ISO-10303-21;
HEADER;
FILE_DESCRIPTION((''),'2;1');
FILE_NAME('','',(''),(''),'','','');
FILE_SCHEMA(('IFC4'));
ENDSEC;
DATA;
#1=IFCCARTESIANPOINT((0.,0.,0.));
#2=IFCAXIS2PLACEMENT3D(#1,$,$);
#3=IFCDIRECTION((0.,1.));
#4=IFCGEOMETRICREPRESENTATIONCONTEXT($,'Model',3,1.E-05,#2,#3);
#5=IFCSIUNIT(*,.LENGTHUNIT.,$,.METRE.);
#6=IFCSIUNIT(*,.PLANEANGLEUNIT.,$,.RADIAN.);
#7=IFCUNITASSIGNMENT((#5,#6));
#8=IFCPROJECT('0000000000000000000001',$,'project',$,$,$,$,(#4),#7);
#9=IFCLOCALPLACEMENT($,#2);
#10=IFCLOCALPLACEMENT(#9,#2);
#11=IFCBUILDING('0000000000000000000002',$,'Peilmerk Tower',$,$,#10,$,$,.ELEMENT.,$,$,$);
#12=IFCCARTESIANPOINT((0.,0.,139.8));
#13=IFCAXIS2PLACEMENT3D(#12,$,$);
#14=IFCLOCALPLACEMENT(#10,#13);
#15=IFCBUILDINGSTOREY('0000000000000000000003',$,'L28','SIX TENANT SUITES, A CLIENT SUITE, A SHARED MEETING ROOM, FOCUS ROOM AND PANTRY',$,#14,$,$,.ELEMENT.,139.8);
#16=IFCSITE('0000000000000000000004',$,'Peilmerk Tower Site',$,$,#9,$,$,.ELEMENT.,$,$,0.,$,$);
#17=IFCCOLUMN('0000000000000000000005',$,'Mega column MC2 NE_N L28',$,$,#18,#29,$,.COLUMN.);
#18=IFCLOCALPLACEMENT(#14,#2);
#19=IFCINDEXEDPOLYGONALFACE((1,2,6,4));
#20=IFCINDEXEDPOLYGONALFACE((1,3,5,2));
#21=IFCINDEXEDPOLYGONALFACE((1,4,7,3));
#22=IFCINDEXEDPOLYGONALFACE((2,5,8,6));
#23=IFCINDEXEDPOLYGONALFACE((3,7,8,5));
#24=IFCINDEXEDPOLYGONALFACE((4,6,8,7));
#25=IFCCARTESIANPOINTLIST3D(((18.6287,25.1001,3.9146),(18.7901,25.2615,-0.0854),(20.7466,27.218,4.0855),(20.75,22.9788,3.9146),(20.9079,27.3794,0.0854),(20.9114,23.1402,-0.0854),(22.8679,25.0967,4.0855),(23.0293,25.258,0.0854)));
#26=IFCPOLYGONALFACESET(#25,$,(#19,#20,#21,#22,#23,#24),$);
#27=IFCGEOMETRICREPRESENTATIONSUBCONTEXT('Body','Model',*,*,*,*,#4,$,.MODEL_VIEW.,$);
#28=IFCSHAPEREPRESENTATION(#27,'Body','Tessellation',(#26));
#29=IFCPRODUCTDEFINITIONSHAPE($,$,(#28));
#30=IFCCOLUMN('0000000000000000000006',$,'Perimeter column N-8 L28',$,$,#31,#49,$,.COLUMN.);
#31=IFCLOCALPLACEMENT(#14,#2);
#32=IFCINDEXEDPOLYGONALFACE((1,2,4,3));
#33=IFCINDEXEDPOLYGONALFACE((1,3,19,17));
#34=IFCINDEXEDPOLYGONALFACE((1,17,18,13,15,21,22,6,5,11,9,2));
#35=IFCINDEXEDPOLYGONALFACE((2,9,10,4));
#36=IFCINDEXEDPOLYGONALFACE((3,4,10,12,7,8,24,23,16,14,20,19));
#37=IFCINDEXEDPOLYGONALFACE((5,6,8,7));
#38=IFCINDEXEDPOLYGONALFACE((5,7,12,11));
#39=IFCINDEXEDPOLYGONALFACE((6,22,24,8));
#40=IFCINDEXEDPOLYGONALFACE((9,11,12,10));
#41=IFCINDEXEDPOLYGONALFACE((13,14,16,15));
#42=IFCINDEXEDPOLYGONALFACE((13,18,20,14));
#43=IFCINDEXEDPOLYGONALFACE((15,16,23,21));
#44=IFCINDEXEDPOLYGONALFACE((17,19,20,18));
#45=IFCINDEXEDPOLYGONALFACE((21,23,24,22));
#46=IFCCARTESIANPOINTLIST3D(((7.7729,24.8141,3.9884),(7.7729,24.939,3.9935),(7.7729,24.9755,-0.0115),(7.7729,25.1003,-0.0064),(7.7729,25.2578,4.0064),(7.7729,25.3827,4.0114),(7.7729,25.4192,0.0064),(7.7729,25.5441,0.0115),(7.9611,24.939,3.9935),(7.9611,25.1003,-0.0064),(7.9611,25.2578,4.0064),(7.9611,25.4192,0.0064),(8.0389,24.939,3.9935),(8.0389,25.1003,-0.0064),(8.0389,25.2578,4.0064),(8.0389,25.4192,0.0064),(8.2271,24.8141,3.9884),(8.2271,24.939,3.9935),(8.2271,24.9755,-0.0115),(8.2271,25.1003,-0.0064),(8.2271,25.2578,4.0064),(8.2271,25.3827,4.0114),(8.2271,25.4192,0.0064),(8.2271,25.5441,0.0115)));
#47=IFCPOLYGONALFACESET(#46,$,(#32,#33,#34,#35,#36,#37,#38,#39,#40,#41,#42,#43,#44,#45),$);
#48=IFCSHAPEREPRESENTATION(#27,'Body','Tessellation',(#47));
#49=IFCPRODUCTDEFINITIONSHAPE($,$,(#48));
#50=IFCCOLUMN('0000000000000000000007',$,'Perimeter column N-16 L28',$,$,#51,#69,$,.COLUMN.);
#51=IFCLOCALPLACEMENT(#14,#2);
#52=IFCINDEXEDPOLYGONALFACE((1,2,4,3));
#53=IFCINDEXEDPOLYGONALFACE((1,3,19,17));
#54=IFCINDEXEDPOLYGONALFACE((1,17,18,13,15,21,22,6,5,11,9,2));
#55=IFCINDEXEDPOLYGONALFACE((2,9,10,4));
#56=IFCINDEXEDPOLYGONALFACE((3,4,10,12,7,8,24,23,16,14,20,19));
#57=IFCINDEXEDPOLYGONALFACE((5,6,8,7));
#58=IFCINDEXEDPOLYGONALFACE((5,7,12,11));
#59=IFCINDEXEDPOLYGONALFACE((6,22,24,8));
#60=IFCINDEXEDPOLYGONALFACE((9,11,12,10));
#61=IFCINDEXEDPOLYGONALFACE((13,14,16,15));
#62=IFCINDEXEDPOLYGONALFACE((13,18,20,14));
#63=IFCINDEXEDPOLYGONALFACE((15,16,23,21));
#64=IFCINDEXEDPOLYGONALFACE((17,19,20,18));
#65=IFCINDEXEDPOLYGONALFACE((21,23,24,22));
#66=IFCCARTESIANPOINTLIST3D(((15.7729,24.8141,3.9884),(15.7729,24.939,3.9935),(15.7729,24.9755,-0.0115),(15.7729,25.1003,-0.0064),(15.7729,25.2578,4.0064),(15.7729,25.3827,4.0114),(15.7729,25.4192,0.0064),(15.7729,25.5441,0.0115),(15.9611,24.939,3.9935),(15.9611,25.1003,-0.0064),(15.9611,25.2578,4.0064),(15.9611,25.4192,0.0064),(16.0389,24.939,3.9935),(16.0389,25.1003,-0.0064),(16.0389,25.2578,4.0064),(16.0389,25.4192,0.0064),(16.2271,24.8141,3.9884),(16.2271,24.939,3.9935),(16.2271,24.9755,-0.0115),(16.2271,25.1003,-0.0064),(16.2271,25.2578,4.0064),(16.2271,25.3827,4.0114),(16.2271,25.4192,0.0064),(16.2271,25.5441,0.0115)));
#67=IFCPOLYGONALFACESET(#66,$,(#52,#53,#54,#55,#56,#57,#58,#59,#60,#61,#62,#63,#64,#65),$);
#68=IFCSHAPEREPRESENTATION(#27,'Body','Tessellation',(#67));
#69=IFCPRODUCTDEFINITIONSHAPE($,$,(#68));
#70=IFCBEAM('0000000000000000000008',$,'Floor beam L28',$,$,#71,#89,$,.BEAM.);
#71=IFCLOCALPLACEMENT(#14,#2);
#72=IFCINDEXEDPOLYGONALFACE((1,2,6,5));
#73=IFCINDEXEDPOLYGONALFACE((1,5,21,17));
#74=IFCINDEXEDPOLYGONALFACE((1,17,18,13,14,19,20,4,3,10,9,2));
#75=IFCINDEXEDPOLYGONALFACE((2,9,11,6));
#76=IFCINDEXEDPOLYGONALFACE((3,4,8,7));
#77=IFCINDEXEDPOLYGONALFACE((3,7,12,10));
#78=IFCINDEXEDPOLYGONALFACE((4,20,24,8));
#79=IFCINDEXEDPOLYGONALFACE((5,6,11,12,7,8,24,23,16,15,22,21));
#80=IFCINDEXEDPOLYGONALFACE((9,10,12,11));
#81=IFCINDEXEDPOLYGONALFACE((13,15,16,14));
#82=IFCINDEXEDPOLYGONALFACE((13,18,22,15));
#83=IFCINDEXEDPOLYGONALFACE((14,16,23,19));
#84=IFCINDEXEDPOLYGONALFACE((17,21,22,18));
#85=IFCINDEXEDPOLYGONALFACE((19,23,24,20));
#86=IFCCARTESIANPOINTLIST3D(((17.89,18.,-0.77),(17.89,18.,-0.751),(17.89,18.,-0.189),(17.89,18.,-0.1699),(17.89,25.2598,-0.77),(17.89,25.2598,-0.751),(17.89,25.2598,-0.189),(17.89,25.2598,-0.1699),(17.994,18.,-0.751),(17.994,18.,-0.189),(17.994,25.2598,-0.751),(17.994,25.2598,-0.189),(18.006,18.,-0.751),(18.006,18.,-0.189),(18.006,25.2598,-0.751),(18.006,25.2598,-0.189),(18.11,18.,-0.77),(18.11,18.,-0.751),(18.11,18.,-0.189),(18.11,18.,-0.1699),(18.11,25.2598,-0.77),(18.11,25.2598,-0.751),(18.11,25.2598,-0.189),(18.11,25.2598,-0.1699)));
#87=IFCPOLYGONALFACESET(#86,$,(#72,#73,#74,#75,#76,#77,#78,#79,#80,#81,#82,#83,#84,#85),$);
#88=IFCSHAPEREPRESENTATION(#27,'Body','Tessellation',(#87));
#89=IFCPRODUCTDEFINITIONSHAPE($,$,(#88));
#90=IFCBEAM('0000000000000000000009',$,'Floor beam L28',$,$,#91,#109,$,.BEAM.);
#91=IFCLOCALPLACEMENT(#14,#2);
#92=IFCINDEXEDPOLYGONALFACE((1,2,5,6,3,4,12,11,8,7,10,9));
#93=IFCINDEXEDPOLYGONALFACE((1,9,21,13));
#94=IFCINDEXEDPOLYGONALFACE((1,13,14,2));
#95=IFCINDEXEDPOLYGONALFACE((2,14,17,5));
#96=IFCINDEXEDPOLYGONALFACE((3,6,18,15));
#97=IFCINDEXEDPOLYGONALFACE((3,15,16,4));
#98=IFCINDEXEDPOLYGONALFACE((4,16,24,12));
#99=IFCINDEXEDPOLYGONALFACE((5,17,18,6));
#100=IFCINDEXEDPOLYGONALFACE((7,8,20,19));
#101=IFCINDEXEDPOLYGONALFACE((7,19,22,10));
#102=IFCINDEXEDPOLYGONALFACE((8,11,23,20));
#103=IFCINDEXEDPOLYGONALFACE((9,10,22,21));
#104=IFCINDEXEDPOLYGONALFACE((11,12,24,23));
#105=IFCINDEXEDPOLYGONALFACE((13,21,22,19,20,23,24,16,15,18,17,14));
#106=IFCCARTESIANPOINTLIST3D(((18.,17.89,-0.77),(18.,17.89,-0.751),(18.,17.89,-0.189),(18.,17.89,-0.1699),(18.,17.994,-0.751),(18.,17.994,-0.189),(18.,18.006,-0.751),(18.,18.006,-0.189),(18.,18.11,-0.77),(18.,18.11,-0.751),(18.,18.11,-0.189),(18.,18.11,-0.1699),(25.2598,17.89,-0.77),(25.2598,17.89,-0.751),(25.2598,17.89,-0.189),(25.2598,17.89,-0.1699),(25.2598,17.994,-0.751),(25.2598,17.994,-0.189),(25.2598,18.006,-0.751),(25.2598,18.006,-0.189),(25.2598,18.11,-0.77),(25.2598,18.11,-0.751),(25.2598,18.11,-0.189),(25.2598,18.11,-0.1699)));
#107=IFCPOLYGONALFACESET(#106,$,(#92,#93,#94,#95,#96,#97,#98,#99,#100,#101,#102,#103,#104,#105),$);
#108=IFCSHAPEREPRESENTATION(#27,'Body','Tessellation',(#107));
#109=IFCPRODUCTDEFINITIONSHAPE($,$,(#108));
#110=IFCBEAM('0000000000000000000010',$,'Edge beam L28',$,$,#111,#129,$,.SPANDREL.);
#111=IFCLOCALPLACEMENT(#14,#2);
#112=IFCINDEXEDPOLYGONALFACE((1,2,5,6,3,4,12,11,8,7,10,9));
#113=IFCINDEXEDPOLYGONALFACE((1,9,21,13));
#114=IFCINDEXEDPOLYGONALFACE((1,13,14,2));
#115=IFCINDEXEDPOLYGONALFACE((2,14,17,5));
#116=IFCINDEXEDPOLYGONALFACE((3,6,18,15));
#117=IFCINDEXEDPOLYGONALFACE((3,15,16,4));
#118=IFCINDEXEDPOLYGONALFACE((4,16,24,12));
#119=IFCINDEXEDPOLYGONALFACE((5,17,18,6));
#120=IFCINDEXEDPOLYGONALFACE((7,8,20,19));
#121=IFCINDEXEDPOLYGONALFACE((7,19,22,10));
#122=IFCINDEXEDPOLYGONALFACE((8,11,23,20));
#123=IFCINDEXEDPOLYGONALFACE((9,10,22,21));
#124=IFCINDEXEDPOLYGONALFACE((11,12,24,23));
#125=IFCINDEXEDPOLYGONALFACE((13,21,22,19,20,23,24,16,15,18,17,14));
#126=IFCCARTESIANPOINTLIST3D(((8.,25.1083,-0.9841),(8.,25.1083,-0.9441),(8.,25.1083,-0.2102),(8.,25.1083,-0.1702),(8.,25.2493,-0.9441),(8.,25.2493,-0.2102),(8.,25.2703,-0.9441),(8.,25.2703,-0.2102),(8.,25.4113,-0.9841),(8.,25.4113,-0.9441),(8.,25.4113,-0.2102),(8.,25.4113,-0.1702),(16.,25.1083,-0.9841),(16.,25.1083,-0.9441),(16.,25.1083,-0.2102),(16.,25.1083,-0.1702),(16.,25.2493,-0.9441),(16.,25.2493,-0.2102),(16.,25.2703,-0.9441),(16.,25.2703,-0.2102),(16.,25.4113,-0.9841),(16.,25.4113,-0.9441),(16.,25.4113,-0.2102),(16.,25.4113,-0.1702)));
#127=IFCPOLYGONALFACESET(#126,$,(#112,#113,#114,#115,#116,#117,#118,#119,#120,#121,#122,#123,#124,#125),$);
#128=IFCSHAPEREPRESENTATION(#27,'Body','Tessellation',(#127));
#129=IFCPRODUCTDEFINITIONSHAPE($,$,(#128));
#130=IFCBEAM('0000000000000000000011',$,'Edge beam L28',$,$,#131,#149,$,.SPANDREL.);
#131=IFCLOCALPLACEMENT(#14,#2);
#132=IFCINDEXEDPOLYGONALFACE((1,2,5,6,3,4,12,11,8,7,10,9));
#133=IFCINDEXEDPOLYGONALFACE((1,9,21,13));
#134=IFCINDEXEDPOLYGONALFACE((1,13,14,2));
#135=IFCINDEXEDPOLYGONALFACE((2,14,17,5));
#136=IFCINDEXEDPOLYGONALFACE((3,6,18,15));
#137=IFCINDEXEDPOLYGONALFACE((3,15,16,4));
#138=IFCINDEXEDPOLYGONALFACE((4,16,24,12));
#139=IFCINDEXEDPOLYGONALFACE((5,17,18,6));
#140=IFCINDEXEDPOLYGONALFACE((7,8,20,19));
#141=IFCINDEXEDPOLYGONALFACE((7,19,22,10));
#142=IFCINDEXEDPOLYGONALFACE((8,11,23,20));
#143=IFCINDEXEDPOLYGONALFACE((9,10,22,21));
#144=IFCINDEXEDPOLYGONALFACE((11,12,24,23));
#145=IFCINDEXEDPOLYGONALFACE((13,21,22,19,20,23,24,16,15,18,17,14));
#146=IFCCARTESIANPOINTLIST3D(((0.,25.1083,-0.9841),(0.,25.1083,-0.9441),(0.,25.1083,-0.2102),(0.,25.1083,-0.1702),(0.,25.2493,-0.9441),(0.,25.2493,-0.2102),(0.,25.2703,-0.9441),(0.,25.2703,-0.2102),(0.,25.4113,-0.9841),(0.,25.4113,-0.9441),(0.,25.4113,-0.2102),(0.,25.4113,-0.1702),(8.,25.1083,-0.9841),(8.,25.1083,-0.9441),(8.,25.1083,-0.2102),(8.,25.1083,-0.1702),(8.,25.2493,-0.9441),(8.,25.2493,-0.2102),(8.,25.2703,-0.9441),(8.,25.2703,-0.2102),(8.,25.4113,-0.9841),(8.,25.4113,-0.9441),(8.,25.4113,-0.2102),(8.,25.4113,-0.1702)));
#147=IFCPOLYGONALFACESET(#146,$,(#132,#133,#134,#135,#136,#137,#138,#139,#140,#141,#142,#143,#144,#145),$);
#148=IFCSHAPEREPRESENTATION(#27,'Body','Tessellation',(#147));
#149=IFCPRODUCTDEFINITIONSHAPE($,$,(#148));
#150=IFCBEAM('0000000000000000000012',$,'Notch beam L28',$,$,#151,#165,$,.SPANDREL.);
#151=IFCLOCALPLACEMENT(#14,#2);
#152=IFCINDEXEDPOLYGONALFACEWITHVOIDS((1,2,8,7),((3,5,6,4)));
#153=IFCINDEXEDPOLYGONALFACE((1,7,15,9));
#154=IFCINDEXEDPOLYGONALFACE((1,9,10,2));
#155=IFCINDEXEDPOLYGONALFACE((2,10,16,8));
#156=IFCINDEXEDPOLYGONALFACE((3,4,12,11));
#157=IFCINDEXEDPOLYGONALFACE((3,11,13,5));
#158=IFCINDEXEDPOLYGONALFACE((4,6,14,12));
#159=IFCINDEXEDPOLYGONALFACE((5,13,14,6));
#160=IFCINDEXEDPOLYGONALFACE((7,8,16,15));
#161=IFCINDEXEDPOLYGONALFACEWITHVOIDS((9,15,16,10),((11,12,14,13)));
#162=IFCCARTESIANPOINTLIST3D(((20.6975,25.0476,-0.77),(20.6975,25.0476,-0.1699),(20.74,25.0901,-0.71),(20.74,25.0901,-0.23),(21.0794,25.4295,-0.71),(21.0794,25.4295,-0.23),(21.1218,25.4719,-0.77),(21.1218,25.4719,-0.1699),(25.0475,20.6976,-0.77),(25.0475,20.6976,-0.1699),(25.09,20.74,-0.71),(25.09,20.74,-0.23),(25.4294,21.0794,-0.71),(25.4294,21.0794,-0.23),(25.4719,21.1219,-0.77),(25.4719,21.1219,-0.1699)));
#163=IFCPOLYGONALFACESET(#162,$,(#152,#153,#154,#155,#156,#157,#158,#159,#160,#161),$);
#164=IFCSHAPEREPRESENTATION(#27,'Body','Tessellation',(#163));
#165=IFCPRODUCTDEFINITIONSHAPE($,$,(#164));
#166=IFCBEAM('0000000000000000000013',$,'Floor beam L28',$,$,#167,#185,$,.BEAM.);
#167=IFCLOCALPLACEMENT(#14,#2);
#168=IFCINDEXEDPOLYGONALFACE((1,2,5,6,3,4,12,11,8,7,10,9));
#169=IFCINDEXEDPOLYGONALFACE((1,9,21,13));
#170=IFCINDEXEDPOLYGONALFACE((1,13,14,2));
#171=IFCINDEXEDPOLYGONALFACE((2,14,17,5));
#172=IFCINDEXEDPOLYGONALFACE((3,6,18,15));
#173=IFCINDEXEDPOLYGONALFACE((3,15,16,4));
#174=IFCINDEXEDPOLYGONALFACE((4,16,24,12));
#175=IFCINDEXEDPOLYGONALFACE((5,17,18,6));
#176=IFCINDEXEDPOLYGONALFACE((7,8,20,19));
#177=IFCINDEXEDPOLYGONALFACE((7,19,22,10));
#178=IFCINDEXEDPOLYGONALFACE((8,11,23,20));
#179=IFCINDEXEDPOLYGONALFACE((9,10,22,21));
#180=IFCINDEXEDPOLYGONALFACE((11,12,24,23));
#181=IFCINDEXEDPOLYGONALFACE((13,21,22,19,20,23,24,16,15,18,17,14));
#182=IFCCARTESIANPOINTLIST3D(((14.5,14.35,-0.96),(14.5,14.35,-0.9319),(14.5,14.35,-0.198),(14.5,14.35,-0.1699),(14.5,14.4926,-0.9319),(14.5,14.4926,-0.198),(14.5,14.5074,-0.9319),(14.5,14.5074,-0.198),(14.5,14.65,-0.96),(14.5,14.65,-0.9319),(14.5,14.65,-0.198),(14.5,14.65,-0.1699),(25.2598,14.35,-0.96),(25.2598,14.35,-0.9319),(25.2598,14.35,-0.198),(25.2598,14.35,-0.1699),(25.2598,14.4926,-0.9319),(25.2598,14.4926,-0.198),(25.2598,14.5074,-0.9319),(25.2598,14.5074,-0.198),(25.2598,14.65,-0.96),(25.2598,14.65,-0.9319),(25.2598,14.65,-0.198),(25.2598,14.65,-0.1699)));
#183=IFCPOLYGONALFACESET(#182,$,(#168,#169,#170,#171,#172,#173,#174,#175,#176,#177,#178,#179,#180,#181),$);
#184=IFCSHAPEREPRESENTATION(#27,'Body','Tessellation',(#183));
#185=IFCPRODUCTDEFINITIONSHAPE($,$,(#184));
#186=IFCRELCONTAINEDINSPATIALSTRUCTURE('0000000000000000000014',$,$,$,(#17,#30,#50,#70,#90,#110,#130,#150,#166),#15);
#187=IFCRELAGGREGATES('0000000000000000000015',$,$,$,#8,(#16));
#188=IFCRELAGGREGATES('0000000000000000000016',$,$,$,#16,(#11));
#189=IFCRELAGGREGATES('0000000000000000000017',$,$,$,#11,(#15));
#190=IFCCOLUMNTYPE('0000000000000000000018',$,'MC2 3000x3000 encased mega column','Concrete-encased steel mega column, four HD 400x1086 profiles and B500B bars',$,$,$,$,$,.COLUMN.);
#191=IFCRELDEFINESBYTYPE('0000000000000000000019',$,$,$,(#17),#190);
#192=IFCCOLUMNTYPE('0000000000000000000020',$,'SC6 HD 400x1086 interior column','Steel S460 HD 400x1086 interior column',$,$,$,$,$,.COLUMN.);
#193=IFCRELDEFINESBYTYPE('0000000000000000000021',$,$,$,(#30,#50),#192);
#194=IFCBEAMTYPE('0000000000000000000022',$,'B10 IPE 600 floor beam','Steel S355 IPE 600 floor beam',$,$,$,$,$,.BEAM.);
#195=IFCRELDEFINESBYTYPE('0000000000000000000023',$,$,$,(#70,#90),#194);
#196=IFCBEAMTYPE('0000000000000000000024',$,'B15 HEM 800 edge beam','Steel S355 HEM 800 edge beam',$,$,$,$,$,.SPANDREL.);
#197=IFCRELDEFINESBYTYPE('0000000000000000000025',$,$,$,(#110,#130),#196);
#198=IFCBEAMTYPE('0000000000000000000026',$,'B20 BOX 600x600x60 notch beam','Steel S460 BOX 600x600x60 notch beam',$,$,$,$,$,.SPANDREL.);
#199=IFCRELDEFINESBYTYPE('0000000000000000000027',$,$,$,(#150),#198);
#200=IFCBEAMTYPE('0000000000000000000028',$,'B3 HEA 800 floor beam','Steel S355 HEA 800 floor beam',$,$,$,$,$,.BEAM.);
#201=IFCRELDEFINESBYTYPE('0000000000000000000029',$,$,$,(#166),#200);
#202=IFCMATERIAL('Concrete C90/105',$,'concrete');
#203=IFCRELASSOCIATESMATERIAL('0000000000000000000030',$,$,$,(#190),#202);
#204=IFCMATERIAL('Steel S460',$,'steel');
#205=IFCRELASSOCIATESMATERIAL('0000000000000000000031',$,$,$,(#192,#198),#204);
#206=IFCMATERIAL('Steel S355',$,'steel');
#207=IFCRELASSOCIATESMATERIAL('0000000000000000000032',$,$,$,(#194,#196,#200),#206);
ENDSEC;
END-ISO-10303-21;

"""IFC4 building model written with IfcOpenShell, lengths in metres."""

from ifc_helpers import new_model, si_unit, direction, frame, origin, origin_2d, place, context, subcontext, project, spatial, rectangle, hollow_rectangle, i_section, extrude, material, material_profile, profile_set, type_object, element, save


model = new_model("IFC4")

# Units and contexts
model_context = context("Model", 3, precision=1e-05, world=origin(), true_north=direction((0.0, 1.0)))
body_context = subcontext(model_context, "Body", "Model", "MODEL_VIEW")
ifc_project = project(units=[si_unit("LENGTHUNIT", "METRE"), si_unit("PLANEANGLEUNIT", "RADIAN")], contexts=[model_context])

# Site, building, storey
site_placement = place(None, origin())
site = spatial("IfcSite", under=ifc_project, at=site_placement, Name="Peilmerk Tower Site", CompositionType="ELEMENT", RefElevation=0.0)
building_placement = place(site_placement, origin())
building = spatial("IfcBuilding", under=site, at=building_placement, Name="Peilmerk Tower", CompositionType="ELEMENT")
storey_placement = place(building_placement, frame((0.0, 0.0, 139.8)))
storey = spatial("IfcBuildingStorey", under=building, at=storey_placement, Name="L28", Description="SIX TENANT SUITES, A CLIENT SUITE, A SHARED MEETING ROOM, FOCUS ROOM AND PANTRY", CompositionType="ELEMENT", Elevation=139.8)

# Columns
ifc_material_1 = material(Name="Concrete C90/105", Category="concrete")
ifc_material_profile_1 = material_profile(ifc_material_1, rectangle(XDim=3.0, YDim=3.0, at=origin_2d()), Name="RC 3000x3000")
ifc_profile_set_1 = profile_set([ifc_material_profile_1], Name="Concrete C90/105")
column_type_1 = type_object("IfcColumnType", Name="MC2 3000x3000 encased mega column", Description="Concrete-encased steel mega column, four HD 400x1086 profiles and B500B bars", PredefinedType="COLUMN", material=ifc_profile_set_1)
column_placement = place(storey_placement, frame((20.9097, 25.2598, 0.0), z_axis=(-0.040279, -0.040279, 0.998376), x_axis=(0.707107, -0.707107, 0.0)))
element("IfcColumn", 1, at=column_placement, inside=storey, type_object=column_type_1, Name="Mega column MC2 NE_N L28", PredefinedType="COLUMN", context=body_context, shape_type="SweptSolid", body=[
    extrude(rectangle(XDim=3.0, YDim=3.0, at=origin_2d()), origin(), (0.0, 0.0, 1.0), 4.0066),
])
ifc_material_2 = material(Name="Steel S460", Category="steel")
ifc_material_profile_2 = material_profile(ifc_material_2, i_section(OverallWidth=0.4541, OverallDepth=0.5691, WebThickness=0.0779, FlangeThickness=0.125, at=origin_2d()), Name="HD 400x1086")
ifc_profile_set_2 = profile_set([ifc_material_profile_2], Name="Steel S460")
column_type_2 = type_object("IfcColumnType", Name="SC6 HD 400x1086 interior column", Description="Steel S460 HD 400x1086 interior column", PredefinedType="COLUMN", material=ifc_profile_set_2)
for number, where, z_axis, x_axis, name in (
    (2, (8.0, 25.2598, 0.0), (0.0, -0.040311, 0.999187), (1.0, 0.0, 0.0), "Perimeter column N-8 L28"),
    (3, (16.0, 25.2598, 0.0), (0.0, -0.040311, 0.999187), (1.0, 0.0, 0.0), "Perimeter column N-16 L28"),
):
    element("IfcColumn", number, at=place(storey_placement, frame(where, z_axis=z_axis, x_axis=x_axis)), inside=storey, type_object=column_type_2, Name=name, PredefinedType="COLUMN", context=body_context, shape_type="SweptSolid", body=[
        extrude(i_section(OverallWidth=0.4541, OverallDepth=0.5691, WebThickness=0.0779, FlangeThickness=0.125, at=origin_2d()), origin(), (0.0, 0.0, 1.0), 4.0032),
    ])

# Beams
ifc_material_3 = material(Name="Steel S355", Category="steel")
ifc_material_profile_3 = material_profile(ifc_material_3, i_section(OverallWidth=0.22, OverallDepth=0.6001, WebThickness=0.012, FlangeThickness=0.019, at=origin_2d()), Name="IPE 600")
ifc_profile_set_3 = profile_set([ifc_material_profile_3], Name="Steel S355")
beam_type_1 = type_object("IfcBeamType", Name="B10 IPE 600 floor beam", Description="Steel S355 IPE 600 floor beam", PredefinedType="BEAM", material=ifc_profile_set_3)
for number, where, z_axis, x_axis, name in (
    (4, (18.0, 18.0, -0.47), (0.0, 1.0, 0.0), (-1.0, 0.0, 0.0), "Floor beam L28"),
    (5, (18.0, 18.0, -0.47), (1.0, 0.0, 0.0), (0.0, 1.0, 0.0), "Floor beam L28"),
):
    element("IfcBeam", number, at=place(storey_placement, frame(where, z_axis=z_axis, x_axis=x_axis)), inside=storey, type_object=beam_type_1, Name=name, PredefinedType="BEAM", context=body_context, shape_type="SweptSolid", body=[
        extrude(i_section(OverallWidth=0.22, OverallDepth=0.6001, WebThickness=0.012, FlangeThickness=0.019, at=origin_2d()), origin(), (0.0, 0.0, 1.0), 7.2598),
    ])
ifc_material_profile_4 = material_profile(ifc_material_3, i_section(OverallWidth=0.303, OverallDepth=0.814, WebThickness=0.021, FlangeThickness=0.04, at=origin_2d()), Name="HEM 800")
ifc_profile_set_4 = profile_set([ifc_material_profile_4], Name="Steel S355")
beam_type_2 = type_object("IfcBeamType", Name="B15 HEM 800 edge beam", Description="Steel S355 HEM 800 edge beam", PredefinedType="SPANDREL", material=ifc_profile_set_4)
for number, where, z_axis, x_axis, name in (
    (6, (16.0, 25.2598, -0.5771), (-1.0, 0.0, 0.0), (0.0, -1.0, 0.0), "Edge beam L28"),
    (7, (8.0, 25.2598, -0.5771), (-1.0, 0.0, 0.0), (0.0, -1.0, 0.0), "Edge beam L28"),
):
    element("IfcBeam", number, at=place(storey_placement, frame(where, z_axis=z_axis, x_axis=x_axis)), inside=storey, type_object=beam_type_2, Name=name, PredefinedType="SPANDREL", context=body_context, shape_type="SweptSolid", body=[
        extrude(i_section(OverallWidth=0.303, OverallDepth=0.814, WebThickness=0.021, FlangeThickness=0.04, at=origin_2d()), origin(), (0.0, 0.0, 1.0), 8.0),
    ])
ifc_material_profile_5 = material_profile(ifc_material_2, hollow_rectangle(XDim=0.6001, YDim=0.6001, WallThickness=0.0601, at=origin_2d()), Name="BOX 600x600x60")
ifc_profile_set_5 = profile_set([ifc_material_profile_5], Name="Steel S460")
beam_type_3 = type_object("IfcBeamType", Name="B20 BOX 600x600x60 notch beam", Description="Steel S460 BOX 600x600x60 notch beam", PredefinedType="SPANDREL", material=ifc_profile_set_5)
beam_1_placement = place(storey_placement, frame((20.9097, 25.2598, -0.47), z_axis=(0.707107, -0.707107, 0.0), x_axis=(0.707107, 0.707107, 0.0)))
element("IfcBeam", 8, at=beam_1_placement, inside=storey, type_object=beam_type_3, Name="Notch beam L28", PredefinedType="SPANDREL", context=body_context, shape_type="SweptSolid", body=[
    extrude(hollow_rectangle(XDim=0.6001, YDim=0.6001, WallThickness=0.0601, at=origin_2d()), origin(), (0.0, 0.0, 1.0), 6.1519),
])
ifc_material_profile_6 = material_profile(ifc_material_3, i_section(OverallWidth=0.3, OverallDepth=0.79, WebThickness=0.0149, FlangeThickness=0.0281, at=origin_2d()), Name="HEA 800")
ifc_profile_set_6 = profile_set([ifc_material_profile_6], Name="Steel S355")
beam_type_4 = type_object("IfcBeamType", Name="B3 HEA 800 floor beam", Description="Steel S355 HEA 800 floor beam", PredefinedType="BEAM", material=ifc_profile_set_6)
beam_2_placement = place(storey_placement, frame((14.5, 14.5, -0.5649), z_axis=(1.0, 0.0, 0.0), x_axis=(0.0, 1.0, 0.0)))
element("IfcBeam", 9, at=beam_2_placement, inside=storey, type_object=beam_type_4, Name="Floor beam L28", PredefinedType="BEAM", context=body_context, shape_type="SweptSolid", body=[
    extrude(i_section(OverallWidth=0.3, OverallDepth=0.79, WebThickness=0.0149, FlangeThickness=0.0281, at=origin_2d()), origin(), (0.0, 0.0, 1.0), 10.7598),
])

save(model, "model.ifc")
